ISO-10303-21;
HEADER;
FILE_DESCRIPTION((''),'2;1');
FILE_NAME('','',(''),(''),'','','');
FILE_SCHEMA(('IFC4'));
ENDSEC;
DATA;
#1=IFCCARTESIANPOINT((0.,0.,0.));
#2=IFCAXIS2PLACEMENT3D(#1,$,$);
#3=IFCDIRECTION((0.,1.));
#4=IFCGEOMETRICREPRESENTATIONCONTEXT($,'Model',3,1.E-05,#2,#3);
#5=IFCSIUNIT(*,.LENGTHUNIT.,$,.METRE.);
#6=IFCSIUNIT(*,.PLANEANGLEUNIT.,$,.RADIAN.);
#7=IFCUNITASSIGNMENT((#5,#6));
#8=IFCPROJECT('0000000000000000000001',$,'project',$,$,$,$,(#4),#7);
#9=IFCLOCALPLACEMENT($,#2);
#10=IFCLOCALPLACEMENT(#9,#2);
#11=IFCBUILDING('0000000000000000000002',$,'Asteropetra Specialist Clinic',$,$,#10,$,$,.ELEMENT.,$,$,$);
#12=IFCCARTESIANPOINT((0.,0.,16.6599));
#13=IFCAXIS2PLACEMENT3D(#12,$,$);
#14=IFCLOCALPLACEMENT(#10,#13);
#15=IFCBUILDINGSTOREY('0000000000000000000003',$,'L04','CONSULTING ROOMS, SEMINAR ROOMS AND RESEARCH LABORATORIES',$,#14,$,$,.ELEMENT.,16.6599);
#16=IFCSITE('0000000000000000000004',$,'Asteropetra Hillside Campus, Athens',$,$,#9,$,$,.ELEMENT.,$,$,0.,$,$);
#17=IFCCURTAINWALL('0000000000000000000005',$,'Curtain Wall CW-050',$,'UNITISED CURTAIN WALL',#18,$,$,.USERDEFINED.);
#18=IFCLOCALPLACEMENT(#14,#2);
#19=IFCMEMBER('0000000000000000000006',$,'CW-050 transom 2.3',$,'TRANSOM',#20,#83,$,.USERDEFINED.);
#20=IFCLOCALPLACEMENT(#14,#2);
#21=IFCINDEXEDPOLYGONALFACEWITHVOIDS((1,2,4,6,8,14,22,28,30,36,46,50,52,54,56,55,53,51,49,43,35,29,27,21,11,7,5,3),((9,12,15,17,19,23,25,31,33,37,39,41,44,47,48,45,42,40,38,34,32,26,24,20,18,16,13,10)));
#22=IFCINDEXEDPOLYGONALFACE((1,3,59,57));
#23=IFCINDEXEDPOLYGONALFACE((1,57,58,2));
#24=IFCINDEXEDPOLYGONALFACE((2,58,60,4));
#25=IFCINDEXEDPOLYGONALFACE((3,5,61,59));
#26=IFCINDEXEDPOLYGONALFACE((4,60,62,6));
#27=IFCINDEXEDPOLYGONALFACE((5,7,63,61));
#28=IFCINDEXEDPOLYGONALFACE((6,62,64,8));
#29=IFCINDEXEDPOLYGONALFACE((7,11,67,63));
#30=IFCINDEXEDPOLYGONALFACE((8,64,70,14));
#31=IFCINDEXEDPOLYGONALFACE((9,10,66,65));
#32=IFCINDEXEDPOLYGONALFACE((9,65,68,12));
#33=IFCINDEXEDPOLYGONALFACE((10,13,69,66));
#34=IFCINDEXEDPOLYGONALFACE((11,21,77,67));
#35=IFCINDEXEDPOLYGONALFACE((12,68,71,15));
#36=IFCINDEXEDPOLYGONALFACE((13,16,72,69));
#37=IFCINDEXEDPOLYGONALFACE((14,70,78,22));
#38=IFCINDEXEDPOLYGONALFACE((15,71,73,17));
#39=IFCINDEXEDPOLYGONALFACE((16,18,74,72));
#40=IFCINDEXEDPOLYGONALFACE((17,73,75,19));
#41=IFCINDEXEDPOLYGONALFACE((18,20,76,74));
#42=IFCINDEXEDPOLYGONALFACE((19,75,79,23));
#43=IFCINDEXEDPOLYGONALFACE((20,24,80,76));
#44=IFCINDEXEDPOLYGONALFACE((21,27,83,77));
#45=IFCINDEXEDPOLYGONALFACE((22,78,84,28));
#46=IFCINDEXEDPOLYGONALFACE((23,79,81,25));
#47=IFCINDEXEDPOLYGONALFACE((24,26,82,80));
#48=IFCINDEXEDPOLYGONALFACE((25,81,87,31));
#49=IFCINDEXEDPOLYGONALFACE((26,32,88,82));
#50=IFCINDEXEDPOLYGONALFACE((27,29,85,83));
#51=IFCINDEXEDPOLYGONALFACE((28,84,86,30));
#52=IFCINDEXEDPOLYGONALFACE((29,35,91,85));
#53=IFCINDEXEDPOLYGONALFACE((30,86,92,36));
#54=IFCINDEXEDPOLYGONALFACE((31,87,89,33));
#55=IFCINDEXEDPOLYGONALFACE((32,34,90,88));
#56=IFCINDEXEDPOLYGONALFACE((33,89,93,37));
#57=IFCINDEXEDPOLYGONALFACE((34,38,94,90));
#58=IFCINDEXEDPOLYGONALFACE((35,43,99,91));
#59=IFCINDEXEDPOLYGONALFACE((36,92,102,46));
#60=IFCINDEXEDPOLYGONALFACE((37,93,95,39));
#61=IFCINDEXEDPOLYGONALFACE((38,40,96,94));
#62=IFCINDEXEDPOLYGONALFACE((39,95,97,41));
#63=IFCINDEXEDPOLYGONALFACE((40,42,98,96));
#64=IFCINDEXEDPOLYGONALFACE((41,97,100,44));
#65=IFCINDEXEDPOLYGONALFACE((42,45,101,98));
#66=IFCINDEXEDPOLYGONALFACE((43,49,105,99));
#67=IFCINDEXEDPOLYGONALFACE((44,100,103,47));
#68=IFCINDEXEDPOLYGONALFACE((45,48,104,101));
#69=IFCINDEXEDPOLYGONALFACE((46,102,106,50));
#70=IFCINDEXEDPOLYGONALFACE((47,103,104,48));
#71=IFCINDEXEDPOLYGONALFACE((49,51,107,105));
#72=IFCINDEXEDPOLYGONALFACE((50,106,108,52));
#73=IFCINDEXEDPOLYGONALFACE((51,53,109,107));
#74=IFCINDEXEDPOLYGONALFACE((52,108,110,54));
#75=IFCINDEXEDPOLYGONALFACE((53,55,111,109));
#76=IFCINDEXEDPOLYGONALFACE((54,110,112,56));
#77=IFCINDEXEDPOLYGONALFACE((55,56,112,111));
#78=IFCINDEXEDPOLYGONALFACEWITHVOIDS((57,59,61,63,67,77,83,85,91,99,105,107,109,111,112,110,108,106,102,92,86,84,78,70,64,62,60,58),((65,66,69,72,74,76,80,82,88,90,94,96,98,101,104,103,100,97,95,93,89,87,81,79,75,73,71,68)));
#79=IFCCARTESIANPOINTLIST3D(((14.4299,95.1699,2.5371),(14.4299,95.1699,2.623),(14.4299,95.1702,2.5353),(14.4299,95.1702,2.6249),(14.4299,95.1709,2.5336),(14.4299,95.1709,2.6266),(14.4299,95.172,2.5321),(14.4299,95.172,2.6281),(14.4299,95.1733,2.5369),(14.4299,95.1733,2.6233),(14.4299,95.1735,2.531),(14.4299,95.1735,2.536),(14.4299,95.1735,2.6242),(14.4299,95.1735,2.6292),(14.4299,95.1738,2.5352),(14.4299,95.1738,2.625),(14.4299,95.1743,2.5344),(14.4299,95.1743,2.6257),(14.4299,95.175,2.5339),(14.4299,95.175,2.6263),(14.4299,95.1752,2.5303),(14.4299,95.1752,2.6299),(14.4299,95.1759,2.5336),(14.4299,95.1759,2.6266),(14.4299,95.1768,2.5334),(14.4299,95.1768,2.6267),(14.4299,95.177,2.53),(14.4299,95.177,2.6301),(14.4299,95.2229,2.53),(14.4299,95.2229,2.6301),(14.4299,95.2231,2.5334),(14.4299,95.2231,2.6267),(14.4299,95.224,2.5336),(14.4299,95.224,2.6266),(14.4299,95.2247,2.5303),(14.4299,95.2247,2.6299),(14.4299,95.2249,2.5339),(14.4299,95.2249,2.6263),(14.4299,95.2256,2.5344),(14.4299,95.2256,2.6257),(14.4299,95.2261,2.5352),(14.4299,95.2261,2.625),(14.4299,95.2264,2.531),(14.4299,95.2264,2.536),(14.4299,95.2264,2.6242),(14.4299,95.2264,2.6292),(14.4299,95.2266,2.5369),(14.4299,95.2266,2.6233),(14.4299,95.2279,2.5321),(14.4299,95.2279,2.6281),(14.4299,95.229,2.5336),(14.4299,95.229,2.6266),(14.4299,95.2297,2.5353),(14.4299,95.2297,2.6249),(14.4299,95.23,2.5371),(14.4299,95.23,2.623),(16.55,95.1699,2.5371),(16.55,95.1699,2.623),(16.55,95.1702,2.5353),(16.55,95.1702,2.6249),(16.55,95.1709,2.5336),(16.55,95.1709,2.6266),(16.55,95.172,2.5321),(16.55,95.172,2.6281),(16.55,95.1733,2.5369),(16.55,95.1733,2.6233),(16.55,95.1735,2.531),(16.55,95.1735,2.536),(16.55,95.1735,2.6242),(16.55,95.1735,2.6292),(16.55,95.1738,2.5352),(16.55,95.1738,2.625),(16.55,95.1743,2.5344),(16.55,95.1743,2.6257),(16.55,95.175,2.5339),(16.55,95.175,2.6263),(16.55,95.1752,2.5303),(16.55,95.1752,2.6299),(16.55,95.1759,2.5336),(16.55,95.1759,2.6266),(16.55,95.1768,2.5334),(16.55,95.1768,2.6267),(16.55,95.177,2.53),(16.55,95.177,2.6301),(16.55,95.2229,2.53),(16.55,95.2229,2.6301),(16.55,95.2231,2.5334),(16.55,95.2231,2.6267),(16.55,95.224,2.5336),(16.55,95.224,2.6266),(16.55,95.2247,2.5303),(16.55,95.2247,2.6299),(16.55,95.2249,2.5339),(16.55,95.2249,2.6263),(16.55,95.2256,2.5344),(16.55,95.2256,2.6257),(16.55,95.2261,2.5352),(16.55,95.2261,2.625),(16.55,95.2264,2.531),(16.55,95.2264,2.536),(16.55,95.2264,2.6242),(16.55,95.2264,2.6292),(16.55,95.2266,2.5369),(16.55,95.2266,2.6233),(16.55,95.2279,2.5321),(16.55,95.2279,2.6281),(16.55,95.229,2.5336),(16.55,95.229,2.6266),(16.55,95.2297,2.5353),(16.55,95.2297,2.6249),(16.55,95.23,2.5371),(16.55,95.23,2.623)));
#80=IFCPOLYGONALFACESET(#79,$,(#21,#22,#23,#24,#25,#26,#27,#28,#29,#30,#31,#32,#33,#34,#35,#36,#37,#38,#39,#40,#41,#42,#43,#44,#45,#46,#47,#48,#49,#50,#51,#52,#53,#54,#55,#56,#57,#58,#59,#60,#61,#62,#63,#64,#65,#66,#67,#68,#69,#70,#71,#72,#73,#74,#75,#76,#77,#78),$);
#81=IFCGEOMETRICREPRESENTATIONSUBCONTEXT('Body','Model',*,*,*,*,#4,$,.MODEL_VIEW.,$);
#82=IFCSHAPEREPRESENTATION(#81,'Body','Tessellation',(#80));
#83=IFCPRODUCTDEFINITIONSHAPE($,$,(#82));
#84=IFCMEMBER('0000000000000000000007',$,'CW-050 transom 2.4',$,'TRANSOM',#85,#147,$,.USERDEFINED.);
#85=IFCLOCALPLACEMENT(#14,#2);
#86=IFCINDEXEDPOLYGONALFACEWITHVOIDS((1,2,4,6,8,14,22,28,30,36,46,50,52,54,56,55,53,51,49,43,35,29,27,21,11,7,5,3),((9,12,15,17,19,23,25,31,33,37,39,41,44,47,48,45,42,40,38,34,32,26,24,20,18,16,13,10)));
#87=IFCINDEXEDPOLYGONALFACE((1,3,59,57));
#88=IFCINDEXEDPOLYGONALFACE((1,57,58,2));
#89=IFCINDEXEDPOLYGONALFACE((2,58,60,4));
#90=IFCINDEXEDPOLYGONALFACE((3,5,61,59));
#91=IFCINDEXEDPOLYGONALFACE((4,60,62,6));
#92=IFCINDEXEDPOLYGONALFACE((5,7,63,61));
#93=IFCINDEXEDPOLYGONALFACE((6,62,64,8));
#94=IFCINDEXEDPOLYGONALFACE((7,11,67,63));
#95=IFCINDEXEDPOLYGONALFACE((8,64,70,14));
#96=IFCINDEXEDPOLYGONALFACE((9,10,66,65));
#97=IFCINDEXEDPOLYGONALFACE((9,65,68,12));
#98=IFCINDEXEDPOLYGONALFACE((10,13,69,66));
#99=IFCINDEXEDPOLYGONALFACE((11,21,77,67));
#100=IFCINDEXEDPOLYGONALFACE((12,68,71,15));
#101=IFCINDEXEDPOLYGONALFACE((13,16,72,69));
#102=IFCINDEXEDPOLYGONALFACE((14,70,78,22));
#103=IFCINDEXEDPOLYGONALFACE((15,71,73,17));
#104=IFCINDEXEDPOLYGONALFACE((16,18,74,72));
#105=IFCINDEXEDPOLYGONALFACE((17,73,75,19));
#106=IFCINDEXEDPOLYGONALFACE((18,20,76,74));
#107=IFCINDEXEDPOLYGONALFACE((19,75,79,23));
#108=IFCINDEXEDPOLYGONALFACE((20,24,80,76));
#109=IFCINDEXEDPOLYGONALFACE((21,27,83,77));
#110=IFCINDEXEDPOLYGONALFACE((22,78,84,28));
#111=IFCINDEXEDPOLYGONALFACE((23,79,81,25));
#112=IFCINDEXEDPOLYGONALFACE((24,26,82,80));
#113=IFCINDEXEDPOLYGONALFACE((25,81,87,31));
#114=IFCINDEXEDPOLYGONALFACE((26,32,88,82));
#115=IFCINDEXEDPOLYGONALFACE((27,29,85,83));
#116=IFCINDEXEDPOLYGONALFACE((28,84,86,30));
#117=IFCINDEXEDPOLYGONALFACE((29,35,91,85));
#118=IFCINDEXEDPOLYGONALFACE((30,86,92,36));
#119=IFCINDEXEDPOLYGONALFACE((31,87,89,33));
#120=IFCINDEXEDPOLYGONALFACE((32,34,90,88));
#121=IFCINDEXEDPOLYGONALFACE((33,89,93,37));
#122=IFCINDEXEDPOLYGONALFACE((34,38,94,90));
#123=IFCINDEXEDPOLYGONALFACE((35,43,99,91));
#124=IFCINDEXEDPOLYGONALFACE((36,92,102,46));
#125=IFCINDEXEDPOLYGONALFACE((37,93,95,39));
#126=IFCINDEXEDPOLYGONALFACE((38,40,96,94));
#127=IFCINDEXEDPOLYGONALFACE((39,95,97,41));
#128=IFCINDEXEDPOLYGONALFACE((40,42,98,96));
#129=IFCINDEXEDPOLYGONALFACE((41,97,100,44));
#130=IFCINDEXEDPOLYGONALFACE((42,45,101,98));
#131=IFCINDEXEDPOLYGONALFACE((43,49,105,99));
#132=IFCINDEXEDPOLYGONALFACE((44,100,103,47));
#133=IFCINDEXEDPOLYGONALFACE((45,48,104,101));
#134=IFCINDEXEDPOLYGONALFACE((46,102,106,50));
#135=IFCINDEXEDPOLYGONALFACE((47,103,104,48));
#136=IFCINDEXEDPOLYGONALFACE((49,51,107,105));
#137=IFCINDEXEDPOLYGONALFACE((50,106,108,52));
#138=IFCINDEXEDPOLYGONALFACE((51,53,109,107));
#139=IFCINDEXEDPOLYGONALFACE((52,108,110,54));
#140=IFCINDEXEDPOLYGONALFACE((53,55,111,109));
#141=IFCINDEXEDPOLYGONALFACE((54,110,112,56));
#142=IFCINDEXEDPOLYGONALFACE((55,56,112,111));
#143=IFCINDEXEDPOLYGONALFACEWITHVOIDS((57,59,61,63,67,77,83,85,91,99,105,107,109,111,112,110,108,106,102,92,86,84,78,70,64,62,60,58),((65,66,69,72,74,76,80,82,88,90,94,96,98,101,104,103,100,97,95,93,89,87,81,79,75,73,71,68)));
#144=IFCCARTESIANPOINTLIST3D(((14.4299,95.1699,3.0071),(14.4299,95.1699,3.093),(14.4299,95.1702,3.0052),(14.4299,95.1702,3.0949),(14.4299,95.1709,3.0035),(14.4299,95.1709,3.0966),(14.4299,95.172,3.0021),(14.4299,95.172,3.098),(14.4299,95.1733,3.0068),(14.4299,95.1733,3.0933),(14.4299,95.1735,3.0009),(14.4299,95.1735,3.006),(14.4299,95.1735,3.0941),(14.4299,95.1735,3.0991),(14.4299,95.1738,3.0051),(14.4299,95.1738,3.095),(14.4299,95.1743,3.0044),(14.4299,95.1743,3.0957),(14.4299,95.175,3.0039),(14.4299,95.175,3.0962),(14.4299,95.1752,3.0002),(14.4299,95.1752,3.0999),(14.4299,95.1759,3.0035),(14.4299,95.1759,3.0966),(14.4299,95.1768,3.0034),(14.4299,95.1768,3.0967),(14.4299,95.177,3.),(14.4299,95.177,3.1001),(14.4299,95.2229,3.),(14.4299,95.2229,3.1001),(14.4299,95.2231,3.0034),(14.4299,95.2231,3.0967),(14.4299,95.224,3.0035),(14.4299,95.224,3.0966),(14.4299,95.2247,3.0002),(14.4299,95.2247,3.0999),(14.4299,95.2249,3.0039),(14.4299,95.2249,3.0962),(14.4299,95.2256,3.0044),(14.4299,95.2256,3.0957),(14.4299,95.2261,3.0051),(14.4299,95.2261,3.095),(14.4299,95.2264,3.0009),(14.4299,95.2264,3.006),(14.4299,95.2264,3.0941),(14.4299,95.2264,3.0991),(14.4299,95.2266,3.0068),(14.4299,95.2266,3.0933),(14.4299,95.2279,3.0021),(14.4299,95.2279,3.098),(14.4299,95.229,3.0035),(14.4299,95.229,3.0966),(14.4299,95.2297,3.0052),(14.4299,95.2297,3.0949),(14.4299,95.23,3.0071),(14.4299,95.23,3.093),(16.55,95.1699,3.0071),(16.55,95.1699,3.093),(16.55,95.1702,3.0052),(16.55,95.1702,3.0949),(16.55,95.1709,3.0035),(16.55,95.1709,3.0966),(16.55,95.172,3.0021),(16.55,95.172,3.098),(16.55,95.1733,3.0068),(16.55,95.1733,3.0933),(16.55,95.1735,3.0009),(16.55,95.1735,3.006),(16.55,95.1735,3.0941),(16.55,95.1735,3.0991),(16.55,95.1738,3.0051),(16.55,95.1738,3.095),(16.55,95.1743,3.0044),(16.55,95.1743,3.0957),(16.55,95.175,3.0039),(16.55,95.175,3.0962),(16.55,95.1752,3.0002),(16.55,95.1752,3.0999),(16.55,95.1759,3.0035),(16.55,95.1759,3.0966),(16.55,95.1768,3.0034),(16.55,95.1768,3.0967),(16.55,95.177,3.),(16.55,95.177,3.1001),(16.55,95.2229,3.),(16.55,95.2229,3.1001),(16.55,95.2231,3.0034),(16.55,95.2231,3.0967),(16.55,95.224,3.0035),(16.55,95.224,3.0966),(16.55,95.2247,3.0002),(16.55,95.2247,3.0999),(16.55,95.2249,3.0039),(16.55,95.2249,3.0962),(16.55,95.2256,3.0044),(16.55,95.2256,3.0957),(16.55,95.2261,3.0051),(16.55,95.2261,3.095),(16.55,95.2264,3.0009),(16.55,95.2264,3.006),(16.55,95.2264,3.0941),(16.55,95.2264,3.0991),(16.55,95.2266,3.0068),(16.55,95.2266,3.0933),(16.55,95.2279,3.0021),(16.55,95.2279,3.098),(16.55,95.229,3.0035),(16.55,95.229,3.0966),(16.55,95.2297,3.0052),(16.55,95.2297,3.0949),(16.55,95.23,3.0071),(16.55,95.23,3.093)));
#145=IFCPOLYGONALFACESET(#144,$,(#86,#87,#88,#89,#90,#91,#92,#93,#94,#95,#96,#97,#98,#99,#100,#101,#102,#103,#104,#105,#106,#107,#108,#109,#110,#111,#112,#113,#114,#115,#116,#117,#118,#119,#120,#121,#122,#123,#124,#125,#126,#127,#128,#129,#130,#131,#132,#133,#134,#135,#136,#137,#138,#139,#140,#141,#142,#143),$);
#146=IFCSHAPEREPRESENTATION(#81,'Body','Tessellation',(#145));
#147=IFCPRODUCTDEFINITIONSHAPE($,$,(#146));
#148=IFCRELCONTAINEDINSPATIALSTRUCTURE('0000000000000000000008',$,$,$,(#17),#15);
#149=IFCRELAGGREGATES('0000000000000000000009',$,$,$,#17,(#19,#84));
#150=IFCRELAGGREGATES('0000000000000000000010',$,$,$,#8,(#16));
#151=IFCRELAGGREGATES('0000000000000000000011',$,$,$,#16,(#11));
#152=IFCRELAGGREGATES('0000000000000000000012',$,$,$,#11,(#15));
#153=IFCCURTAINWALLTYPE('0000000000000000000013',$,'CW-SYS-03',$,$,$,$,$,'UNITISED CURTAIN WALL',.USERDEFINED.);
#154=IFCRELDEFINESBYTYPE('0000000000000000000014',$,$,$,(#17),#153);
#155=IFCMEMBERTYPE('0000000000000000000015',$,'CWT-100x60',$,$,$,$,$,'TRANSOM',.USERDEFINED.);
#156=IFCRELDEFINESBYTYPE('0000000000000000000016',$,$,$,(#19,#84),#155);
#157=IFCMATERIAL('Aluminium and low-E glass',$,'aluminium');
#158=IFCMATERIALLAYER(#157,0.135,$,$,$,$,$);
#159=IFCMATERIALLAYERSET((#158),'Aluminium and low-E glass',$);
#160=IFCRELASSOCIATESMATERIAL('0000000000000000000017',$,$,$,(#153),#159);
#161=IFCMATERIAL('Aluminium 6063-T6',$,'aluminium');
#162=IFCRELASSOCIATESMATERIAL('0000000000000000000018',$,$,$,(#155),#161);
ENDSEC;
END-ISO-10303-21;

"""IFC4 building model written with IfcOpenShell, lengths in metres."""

from ifc_helpers import new_model, si_unit, direction, frame, origin, origin_2d, place, context, subcontext, project, spatial, hollow_rectangle, extrude, material, layer, layer_set, material_profile, profile_set, type_object, element, aggregate, save


model = new_model("IFC4")

# Units and contexts
model_context = context("Model", 3, precision=1e-05, world=origin(), true_north=direction((0.0, 1.0)))
body_context = subcontext(model_context, "Body", "Model", "MODEL_VIEW")
ifc_project = project(units=[si_unit("LENGTHUNIT", "METRE"), si_unit("PLANEANGLEUNIT", "RADIAN")], contexts=[model_context])

# Site, building, storey
site_placement = place(None, origin())
site = spatial("IfcSite", under=ifc_project, at=site_placement, Name="Asteropetra Hillside Campus, Athens", CompositionType="ELEMENT", RefElevation=0.0)
building_placement = place(site_placement, origin())
building = spatial("IfcBuilding", under=site, at=building_placement, Name="Asteropetra Specialist Clinic", CompositionType="ELEMENT")
storey_placement = place(building_placement, frame((0.0, 0.0, 16.6599)))
storey = spatial("IfcBuildingStorey", under=building, at=storey_placement, Name="L04", Description="CONSULTING ROOMS, SEMINAR ROOMS AND RESEARCH LABORATORIES", CompositionType="ELEMENT", Elevation=16.6599)

# Curtain wall
ifc_material_1 = material(Name="Aluminium and low-E glass", Category="aluminium")
ifc_layer_1 = layer(ifc_material_1, 0.135)
ifc_layer_set_1 = layer_set([ifc_layer_1], Name="Aluminium and low-E glass")
curtain_wall_type_1 = type_object("IfcCurtainWallType", Name="CW-SYS-03", ElementType="UNITISED CURTAIN WALL", PredefinedType="USERDEFINED", material=ifc_layer_set_1)
curtain_wall_1_placement = place(storey_placement, origin())
curtain_wall_1 = element("IfcCurtainWall", 1, at=curtain_wall_1_placement, inside=storey, type_object=curtain_wall_type_1, Name="Curtain Wall CW-050", ObjectType="UNITISED CURTAIN WALL", PredefinedType="USERDEFINED")

# Members
ifc_material_2 = material(Name="Aluminium 6063-T6", Category="aluminium")
ifc_material_profile_1 = material_profile(ifc_material_2, hollow_rectangle(XDim=0.0601, YDim=0.1001, WallThickness=0.0034, InnerFilletRadius=0.0034, OuterFilletRadius=0.0071, at=origin_2d()), Name="TRN 100x60x3.5")
ifc_profile_set_1 = profile_set([ifc_material_profile_1], Name="Aluminium 6063-T6")
member_type_1 = type_object("IfcMemberType", Name="CWT-100x60", ElementType="TRANSOM", PredefinedType="USERDEFINED", material=ifc_profile_set_1)
member_1_placement = place(storey_placement, frame((16.55, 95.2, 2.5801), z_axis=(-1.0, 0.0, 0.0), x_axis=(0.0, -1.0, 0.0)))
member_1 = element("IfcMember", 2, at=member_1_placement, type_object=member_type_1, Name="CW-050 transom 2.3", ObjectType="TRANSOM", PredefinedType="USERDEFINED", context=body_context, shape_type="SweptSolid", body=[
    extrude(hollow_rectangle(XDim=0.0601, YDim=0.1001, WallThickness=0.0034, InnerFilletRadius=0.0034, OuterFilletRadius=0.0071, at=origin_2d()), origin(), (0.0, 0.0, 1.0), 2.1201),
])
member_2_placement = place(storey_placement, frame((16.55, 95.2, 3.05), z_axis=(-1.0, 0.0, 0.0), x_axis=(0.0, -1.0, 0.0)))
member_2 = element("IfcMember", 3, at=member_2_placement, type_object=member_type_1, Name="CW-050 transom 2.4", ObjectType="TRANSOM", PredefinedType="USERDEFINED", context=body_context, shape_type="SweptSolid", body=[
    extrude(hollow_rectangle(XDim=0.0601, YDim=0.1001, WallThickness=0.0034, InnerFilletRadius=0.0034, OuterFilletRadius=0.0071, at=origin_2d()), origin(), (0.0, 0.0, 1.0), 2.1201),
])

aggregate(curtain_wall_1, [member_1, member_2])

save(model, "model.ifc")
